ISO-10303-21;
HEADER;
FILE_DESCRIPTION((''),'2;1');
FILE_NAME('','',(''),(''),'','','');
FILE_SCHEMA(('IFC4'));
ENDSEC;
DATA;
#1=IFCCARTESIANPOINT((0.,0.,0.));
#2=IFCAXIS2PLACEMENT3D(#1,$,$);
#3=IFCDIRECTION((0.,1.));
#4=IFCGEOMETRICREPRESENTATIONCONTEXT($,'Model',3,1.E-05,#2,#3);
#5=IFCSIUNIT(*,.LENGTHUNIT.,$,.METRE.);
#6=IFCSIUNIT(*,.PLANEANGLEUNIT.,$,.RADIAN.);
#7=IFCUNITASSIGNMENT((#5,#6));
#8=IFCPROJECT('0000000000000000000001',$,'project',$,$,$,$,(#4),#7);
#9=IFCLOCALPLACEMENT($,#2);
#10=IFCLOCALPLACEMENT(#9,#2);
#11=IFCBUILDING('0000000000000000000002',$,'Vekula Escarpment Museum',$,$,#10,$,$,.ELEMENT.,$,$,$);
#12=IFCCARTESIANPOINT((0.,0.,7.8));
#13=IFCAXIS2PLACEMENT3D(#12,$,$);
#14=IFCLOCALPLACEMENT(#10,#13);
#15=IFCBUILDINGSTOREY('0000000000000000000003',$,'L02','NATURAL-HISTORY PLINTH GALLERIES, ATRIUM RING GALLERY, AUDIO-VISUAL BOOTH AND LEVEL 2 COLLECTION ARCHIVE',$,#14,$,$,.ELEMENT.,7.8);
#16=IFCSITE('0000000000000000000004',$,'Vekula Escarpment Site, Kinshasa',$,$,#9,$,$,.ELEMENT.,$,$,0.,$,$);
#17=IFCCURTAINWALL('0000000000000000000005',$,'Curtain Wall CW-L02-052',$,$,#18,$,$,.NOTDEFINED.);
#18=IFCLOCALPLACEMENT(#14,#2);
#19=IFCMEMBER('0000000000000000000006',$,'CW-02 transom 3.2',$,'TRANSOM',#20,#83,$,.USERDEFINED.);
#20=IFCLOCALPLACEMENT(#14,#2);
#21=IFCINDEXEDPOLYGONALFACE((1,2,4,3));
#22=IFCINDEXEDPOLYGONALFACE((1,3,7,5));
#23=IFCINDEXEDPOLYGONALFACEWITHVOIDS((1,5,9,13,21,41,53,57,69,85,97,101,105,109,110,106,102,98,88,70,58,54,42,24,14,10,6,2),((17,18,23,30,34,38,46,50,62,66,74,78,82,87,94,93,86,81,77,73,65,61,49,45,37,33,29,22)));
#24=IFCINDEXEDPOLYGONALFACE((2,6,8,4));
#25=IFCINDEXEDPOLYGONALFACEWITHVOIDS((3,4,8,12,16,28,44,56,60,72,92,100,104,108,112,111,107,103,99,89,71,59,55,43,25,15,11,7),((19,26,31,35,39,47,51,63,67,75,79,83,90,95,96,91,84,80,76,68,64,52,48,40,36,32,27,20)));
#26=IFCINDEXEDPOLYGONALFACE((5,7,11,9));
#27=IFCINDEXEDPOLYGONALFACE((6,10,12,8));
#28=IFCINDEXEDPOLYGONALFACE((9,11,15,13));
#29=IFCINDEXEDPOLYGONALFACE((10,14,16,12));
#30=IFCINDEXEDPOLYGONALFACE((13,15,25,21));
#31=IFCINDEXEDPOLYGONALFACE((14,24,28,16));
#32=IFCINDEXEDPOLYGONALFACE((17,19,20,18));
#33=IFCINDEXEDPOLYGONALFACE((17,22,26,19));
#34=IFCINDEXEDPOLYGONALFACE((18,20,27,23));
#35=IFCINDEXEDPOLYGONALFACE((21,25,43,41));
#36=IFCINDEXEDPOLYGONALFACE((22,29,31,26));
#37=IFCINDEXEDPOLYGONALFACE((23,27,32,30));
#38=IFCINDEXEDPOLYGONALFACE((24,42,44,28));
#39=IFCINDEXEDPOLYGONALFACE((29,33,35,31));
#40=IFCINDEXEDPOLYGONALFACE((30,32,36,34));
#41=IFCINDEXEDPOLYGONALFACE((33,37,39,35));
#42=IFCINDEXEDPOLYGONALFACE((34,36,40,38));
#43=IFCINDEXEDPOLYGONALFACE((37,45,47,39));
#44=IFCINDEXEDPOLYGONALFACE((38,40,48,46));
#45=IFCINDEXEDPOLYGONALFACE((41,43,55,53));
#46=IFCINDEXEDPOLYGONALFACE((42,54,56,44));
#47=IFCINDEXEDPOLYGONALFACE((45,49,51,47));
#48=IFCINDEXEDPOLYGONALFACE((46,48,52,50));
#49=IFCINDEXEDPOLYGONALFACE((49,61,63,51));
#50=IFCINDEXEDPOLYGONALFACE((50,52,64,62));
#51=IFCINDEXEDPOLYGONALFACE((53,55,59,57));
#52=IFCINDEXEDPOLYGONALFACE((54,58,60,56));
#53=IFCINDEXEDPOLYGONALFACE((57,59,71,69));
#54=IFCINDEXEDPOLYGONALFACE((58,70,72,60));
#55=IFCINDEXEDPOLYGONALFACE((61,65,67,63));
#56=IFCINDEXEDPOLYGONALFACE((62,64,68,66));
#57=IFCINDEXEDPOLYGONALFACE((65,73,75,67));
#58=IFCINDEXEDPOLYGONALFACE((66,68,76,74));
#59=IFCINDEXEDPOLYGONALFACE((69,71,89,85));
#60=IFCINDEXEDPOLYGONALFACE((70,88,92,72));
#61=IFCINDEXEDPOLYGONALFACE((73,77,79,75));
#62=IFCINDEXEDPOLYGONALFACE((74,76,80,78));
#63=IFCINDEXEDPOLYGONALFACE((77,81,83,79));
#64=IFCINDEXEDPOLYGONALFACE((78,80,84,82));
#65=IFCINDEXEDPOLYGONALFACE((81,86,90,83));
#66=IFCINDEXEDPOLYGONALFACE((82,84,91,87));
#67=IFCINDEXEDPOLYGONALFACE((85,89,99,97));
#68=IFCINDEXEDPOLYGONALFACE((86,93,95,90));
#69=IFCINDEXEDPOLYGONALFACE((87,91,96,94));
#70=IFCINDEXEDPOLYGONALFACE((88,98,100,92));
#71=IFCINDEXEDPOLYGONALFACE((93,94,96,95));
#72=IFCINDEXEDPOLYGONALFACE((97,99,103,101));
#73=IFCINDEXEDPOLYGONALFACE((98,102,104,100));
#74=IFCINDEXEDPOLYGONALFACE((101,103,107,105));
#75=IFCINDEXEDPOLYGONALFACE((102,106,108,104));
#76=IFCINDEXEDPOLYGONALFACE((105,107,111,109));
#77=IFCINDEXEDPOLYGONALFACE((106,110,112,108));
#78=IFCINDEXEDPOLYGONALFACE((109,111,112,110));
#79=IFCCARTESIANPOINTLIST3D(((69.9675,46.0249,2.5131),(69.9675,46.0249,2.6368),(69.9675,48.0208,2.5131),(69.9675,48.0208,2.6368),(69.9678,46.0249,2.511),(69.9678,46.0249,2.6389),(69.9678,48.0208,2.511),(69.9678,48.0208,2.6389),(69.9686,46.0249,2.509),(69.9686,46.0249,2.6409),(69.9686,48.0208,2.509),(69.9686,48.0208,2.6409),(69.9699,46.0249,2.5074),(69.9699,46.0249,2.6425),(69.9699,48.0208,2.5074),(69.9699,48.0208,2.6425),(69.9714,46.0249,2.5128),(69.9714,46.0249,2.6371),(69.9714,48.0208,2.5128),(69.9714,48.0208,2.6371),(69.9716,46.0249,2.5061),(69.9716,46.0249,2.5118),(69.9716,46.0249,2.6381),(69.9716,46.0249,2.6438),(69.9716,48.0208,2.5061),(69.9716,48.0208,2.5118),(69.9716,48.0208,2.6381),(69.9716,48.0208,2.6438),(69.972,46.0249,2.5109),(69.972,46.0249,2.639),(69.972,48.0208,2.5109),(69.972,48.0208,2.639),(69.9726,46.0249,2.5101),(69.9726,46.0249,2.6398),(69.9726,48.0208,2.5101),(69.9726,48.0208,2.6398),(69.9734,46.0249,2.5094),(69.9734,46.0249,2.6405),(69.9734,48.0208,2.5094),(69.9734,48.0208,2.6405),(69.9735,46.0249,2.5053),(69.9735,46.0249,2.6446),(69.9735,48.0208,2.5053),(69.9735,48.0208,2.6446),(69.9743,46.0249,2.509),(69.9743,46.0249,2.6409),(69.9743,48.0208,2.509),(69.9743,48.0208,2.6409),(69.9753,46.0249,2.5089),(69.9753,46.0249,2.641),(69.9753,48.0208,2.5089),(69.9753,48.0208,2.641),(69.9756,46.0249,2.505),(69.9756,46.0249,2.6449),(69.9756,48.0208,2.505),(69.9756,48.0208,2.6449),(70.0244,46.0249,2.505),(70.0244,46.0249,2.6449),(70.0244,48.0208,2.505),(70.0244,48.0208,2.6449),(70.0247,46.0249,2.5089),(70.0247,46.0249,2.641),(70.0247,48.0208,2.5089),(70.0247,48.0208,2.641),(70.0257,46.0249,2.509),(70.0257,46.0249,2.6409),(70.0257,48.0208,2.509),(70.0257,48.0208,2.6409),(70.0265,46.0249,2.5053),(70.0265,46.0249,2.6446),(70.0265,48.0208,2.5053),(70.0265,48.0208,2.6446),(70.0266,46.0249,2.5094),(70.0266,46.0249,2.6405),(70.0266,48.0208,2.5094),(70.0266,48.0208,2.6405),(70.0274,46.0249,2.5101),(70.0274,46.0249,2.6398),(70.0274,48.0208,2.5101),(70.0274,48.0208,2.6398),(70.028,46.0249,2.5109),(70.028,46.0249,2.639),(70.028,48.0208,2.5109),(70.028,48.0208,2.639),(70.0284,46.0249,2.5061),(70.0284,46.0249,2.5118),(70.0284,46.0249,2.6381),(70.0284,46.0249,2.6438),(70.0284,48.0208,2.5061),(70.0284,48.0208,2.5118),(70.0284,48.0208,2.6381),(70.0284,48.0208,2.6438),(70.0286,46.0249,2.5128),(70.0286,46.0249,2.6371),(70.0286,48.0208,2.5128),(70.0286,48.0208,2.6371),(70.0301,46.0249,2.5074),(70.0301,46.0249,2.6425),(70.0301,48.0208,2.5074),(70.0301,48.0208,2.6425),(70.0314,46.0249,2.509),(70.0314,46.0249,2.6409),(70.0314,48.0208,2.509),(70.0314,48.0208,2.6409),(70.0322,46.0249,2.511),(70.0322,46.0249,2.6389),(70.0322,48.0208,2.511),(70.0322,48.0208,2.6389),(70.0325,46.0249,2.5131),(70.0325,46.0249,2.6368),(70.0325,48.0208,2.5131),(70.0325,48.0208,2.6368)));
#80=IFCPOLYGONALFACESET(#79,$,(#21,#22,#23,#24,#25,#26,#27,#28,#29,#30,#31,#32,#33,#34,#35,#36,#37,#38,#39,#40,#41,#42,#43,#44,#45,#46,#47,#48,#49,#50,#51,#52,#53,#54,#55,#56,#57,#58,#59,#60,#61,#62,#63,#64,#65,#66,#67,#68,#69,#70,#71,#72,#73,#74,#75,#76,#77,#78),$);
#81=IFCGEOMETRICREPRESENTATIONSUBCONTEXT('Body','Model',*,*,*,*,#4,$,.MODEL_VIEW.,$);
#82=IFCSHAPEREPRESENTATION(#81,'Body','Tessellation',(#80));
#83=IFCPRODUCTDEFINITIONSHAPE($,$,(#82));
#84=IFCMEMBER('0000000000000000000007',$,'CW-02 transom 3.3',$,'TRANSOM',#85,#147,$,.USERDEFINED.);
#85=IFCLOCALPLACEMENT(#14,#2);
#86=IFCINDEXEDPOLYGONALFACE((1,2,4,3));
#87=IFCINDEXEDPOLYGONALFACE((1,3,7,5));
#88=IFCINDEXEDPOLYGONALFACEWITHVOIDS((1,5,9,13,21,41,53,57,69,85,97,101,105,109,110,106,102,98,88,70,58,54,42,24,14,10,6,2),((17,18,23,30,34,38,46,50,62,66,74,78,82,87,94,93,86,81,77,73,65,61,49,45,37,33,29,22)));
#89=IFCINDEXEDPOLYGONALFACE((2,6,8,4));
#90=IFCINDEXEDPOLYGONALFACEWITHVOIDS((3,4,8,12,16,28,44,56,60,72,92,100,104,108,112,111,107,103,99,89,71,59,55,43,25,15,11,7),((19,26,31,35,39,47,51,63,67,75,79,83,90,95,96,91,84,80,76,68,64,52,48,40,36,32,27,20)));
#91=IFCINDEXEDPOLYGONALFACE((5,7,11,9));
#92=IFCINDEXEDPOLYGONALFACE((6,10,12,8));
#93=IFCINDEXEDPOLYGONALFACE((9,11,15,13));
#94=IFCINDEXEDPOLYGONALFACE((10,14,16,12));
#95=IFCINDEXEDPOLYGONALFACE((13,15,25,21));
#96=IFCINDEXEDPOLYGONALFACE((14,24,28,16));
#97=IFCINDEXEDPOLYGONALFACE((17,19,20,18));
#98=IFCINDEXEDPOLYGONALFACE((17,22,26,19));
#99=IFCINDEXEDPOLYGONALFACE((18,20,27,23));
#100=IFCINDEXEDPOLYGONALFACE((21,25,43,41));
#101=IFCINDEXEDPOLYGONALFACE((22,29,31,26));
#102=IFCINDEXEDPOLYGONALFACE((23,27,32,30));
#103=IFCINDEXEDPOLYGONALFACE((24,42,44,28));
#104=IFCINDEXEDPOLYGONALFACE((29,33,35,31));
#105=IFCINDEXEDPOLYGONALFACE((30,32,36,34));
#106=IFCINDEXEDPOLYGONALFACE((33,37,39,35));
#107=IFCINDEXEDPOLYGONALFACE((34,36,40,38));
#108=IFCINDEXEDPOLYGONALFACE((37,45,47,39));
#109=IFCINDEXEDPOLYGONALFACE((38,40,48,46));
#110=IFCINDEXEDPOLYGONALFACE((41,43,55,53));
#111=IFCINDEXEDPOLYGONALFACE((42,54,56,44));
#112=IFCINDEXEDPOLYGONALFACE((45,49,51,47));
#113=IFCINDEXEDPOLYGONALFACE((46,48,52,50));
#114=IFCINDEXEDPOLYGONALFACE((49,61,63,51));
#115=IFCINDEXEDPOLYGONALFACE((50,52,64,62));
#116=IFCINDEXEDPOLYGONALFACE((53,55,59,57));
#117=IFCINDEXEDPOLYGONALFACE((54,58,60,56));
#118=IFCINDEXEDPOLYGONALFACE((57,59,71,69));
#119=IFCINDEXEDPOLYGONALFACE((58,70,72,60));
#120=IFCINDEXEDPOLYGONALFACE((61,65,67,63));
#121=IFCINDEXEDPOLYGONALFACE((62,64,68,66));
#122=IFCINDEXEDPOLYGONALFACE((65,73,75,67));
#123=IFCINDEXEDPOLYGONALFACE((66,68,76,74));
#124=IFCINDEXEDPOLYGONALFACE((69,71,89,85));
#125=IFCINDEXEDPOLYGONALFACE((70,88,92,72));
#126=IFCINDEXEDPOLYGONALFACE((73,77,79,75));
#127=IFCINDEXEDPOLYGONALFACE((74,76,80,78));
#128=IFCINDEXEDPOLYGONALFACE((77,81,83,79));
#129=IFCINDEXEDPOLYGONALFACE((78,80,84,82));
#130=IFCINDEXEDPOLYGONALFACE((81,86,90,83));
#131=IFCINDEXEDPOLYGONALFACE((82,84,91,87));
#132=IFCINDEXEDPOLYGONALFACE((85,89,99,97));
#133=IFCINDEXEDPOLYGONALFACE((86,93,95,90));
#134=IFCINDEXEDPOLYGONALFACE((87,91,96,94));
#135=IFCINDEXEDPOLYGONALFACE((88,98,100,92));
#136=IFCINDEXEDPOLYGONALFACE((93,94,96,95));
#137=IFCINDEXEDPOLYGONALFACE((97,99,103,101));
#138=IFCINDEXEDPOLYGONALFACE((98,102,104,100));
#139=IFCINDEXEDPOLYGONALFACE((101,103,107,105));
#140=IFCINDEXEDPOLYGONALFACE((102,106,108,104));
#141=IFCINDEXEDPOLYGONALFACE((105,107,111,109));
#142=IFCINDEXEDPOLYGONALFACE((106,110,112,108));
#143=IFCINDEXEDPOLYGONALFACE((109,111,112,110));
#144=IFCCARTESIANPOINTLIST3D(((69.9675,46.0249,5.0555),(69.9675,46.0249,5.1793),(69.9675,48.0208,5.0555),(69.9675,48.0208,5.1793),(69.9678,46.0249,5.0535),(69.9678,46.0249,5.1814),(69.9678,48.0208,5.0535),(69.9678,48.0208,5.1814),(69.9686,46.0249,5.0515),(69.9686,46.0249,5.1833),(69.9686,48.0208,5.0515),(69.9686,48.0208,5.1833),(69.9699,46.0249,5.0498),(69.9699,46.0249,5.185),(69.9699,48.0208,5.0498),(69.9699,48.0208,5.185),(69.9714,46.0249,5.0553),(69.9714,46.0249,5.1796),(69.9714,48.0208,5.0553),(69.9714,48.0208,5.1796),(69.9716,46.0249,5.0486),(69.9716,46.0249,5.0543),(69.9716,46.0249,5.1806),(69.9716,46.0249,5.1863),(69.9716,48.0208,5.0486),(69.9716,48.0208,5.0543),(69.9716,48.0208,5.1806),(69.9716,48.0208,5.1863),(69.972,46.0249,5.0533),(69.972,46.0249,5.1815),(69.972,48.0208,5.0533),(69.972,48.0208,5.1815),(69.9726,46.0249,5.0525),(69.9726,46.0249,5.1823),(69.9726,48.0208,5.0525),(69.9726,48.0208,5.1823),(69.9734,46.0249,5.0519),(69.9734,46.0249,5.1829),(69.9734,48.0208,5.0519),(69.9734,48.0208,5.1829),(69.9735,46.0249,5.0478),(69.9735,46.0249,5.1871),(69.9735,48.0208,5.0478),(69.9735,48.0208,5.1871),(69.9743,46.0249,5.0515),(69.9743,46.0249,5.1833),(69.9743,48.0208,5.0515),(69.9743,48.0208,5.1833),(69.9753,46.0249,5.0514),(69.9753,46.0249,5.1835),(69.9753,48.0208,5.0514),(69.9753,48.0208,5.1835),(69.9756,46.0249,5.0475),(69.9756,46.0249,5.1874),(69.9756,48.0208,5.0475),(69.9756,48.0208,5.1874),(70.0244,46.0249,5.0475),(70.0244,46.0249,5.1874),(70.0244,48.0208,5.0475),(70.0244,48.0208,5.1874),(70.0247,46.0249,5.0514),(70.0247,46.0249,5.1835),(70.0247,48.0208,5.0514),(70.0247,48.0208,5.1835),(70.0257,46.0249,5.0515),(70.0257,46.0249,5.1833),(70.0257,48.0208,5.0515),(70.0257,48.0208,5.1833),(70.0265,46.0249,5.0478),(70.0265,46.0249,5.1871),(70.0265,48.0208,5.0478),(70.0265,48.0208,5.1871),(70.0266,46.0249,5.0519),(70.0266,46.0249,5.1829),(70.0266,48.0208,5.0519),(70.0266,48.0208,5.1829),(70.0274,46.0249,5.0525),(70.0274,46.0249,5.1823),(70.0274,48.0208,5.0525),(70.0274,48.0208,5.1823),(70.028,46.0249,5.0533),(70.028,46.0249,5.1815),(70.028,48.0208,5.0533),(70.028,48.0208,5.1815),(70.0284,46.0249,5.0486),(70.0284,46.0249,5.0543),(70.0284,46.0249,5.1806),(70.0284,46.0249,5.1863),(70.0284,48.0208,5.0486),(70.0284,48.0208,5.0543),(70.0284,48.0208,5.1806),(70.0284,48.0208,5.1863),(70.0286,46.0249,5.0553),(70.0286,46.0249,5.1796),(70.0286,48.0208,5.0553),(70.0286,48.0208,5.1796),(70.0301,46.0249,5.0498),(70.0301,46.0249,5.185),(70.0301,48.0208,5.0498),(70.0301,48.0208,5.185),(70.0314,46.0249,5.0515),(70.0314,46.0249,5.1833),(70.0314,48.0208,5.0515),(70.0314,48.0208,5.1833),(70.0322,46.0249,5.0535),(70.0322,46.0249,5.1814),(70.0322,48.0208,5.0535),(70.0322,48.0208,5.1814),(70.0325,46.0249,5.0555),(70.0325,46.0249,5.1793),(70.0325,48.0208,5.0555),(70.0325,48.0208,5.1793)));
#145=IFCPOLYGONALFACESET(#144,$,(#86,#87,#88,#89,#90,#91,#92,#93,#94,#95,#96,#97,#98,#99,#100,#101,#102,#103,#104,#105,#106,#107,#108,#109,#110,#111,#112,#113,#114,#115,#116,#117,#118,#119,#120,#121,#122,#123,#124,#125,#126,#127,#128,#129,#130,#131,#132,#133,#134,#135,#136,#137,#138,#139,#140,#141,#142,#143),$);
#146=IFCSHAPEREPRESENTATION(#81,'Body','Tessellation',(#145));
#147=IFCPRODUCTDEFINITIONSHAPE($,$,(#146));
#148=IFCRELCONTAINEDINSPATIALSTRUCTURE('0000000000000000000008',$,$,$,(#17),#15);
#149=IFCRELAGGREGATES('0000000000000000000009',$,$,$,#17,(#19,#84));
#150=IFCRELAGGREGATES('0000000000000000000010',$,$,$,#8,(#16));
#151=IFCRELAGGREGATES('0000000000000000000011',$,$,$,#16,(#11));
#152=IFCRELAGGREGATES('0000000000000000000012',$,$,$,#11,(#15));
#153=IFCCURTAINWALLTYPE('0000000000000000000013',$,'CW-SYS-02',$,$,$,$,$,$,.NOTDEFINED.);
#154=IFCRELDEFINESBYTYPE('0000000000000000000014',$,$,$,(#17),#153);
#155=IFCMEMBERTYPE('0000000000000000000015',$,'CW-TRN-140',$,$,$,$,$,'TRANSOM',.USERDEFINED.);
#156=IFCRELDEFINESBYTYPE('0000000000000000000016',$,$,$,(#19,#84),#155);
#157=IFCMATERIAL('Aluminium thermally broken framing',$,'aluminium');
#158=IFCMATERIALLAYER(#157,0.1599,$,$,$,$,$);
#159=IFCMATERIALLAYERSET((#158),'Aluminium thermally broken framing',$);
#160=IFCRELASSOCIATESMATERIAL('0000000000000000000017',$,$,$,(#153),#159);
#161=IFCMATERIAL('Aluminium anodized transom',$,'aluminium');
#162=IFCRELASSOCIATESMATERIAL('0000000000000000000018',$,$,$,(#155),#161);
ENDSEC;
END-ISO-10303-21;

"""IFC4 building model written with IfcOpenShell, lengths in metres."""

from ifc_helpers import new_model, si_unit, direction, frame, origin, origin_2d, place, context, subcontext, project, spatial, hollow_rectangle, extrude, material, layer, layer_set, material_profile, profile_set, type_object, element, aggregate, save


model = new_model("IFC4")

# Units and contexts
model_context = context("Model", 3, precision=1e-05, world=origin(), true_north=direction((0.0, 1.0)))
body_context = subcontext(model_context, "Body", "Model", "MODEL_VIEW")
ifc_project = project(units=[si_unit("LENGTHUNIT", "METRE"), si_unit("PLANEANGLEUNIT", "RADIAN")], contexts=[model_context])

# Site, building, storey
site_placement = place(None, origin())
site = spatial("IfcSite", under=ifc_project, at=site_placement, Name="Vekula Escarpment Site, Kinshasa", CompositionType="ELEMENT", RefElevation=0.0)
building_placement = place(site_placement, origin())
building = spatial("IfcBuilding", under=site, at=building_placement, Name="Vekula Escarpment Museum", CompositionType="ELEMENT")
storey_placement = place(building_placement, frame((0.0, 0.0, 7.8)))
storey = spatial("IfcBuildingStorey", under=building, at=storey_placement, Name="L02", Description="NATURAL-HISTORY PLINTH GALLERIES, ATRIUM RING GALLERY, AUDIO-VISUAL BOOTH AND LEVEL 2 COLLECTION ARCHIVE", CompositionType="ELEMENT", Elevation=7.8)

# Curtain wall
ifc_material_1 = material(Name="Aluminium thermally broken framing", Category="aluminium")
ifc_layer_1 = layer(ifc_material_1, 0.1599)
ifc_layer_set_1 = layer_set([ifc_layer_1], Name="Aluminium thermally broken framing")
curtain_wall_type_1 = type_object("IfcCurtainWallType", Name="CW-SYS-02", PredefinedType="NOTDEFINED", material=ifc_layer_set_1)
curtain_wall_1_placement = place(storey_placement, origin())
curtain_wall_1 = element("IfcCurtainWall", 1, at=curtain_wall_1_placement, inside=storey, type_object=curtain_wall_type_1, Name="Curtain Wall CW-L02-052", PredefinedType="NOTDEFINED")

# Members
ifc_material_2 = material(Name="Aluminium anodized transom", Category="aluminium")
ifc_material_profile_1 = material_profile(ifc_material_2, hollow_rectangle(XDim=0.0649, YDim=0.1399, WallThickness=0.0039, InnerFilletRadius=0.0039, OuterFilletRadius=0.0081, at=origin_2d()), Name="ALU 140x65x4")
ifc_profile_set_1 = profile_set([ifc_material_profile_1], Name="Aluminium anodized transom")
member_type_1 = type_object("IfcMemberType", Name="CW-TRN-140", ElementType="TRANSOM", PredefinedType="USERDEFINED", material=ifc_profile_set_1)
member_1_placement = place(storey_placement, frame((70.0, 48.0208, 2.575), z_axis=(0.0, -1.0, 0.0), x_axis=(1.0, 0.0, 0.0)))
member_1 = element("IfcMember", 2, at=member_1_placement, type_object=member_type_1, Name="CW-02 transom 3.2", ObjectType="TRANSOM", PredefinedType="USERDEFINED", context=body_context, shape_type="SweptSolid", body=[
    extrude(hollow_rectangle(XDim=0.0649, YDim=0.1399, WallThickness=0.0039, InnerFilletRadius=0.0039, OuterFilletRadius=0.0081, at=origin_2d()), origin(), (0.0, 0.0, 1.0), 1.9958),
])
member_2_placement = place(storey_placement, frame((70.0, 48.0208, 5.1174), z_axis=(0.0, -1.0, 0.0), x_axis=(1.0, 0.0, 0.0)))
member_2 = element("IfcMember", 3, at=member_2_placement, type_object=member_type_1, Name="CW-02 transom 3.3", ObjectType="TRANSOM", PredefinedType="USERDEFINED", context=body_context, shape_type="SweptSolid", body=[
    extrude(hollow_rectangle(XDim=0.0649, YDim=0.1399, WallThickness=0.0039, InnerFilletRadius=0.0039, OuterFilletRadius=0.0081, at=origin_2d()), origin(), (0.0, 0.0, 1.0), 1.9958),
])

aggregate(curtain_wall_1, [member_1, member_2])

save(model, "model.ifc")
